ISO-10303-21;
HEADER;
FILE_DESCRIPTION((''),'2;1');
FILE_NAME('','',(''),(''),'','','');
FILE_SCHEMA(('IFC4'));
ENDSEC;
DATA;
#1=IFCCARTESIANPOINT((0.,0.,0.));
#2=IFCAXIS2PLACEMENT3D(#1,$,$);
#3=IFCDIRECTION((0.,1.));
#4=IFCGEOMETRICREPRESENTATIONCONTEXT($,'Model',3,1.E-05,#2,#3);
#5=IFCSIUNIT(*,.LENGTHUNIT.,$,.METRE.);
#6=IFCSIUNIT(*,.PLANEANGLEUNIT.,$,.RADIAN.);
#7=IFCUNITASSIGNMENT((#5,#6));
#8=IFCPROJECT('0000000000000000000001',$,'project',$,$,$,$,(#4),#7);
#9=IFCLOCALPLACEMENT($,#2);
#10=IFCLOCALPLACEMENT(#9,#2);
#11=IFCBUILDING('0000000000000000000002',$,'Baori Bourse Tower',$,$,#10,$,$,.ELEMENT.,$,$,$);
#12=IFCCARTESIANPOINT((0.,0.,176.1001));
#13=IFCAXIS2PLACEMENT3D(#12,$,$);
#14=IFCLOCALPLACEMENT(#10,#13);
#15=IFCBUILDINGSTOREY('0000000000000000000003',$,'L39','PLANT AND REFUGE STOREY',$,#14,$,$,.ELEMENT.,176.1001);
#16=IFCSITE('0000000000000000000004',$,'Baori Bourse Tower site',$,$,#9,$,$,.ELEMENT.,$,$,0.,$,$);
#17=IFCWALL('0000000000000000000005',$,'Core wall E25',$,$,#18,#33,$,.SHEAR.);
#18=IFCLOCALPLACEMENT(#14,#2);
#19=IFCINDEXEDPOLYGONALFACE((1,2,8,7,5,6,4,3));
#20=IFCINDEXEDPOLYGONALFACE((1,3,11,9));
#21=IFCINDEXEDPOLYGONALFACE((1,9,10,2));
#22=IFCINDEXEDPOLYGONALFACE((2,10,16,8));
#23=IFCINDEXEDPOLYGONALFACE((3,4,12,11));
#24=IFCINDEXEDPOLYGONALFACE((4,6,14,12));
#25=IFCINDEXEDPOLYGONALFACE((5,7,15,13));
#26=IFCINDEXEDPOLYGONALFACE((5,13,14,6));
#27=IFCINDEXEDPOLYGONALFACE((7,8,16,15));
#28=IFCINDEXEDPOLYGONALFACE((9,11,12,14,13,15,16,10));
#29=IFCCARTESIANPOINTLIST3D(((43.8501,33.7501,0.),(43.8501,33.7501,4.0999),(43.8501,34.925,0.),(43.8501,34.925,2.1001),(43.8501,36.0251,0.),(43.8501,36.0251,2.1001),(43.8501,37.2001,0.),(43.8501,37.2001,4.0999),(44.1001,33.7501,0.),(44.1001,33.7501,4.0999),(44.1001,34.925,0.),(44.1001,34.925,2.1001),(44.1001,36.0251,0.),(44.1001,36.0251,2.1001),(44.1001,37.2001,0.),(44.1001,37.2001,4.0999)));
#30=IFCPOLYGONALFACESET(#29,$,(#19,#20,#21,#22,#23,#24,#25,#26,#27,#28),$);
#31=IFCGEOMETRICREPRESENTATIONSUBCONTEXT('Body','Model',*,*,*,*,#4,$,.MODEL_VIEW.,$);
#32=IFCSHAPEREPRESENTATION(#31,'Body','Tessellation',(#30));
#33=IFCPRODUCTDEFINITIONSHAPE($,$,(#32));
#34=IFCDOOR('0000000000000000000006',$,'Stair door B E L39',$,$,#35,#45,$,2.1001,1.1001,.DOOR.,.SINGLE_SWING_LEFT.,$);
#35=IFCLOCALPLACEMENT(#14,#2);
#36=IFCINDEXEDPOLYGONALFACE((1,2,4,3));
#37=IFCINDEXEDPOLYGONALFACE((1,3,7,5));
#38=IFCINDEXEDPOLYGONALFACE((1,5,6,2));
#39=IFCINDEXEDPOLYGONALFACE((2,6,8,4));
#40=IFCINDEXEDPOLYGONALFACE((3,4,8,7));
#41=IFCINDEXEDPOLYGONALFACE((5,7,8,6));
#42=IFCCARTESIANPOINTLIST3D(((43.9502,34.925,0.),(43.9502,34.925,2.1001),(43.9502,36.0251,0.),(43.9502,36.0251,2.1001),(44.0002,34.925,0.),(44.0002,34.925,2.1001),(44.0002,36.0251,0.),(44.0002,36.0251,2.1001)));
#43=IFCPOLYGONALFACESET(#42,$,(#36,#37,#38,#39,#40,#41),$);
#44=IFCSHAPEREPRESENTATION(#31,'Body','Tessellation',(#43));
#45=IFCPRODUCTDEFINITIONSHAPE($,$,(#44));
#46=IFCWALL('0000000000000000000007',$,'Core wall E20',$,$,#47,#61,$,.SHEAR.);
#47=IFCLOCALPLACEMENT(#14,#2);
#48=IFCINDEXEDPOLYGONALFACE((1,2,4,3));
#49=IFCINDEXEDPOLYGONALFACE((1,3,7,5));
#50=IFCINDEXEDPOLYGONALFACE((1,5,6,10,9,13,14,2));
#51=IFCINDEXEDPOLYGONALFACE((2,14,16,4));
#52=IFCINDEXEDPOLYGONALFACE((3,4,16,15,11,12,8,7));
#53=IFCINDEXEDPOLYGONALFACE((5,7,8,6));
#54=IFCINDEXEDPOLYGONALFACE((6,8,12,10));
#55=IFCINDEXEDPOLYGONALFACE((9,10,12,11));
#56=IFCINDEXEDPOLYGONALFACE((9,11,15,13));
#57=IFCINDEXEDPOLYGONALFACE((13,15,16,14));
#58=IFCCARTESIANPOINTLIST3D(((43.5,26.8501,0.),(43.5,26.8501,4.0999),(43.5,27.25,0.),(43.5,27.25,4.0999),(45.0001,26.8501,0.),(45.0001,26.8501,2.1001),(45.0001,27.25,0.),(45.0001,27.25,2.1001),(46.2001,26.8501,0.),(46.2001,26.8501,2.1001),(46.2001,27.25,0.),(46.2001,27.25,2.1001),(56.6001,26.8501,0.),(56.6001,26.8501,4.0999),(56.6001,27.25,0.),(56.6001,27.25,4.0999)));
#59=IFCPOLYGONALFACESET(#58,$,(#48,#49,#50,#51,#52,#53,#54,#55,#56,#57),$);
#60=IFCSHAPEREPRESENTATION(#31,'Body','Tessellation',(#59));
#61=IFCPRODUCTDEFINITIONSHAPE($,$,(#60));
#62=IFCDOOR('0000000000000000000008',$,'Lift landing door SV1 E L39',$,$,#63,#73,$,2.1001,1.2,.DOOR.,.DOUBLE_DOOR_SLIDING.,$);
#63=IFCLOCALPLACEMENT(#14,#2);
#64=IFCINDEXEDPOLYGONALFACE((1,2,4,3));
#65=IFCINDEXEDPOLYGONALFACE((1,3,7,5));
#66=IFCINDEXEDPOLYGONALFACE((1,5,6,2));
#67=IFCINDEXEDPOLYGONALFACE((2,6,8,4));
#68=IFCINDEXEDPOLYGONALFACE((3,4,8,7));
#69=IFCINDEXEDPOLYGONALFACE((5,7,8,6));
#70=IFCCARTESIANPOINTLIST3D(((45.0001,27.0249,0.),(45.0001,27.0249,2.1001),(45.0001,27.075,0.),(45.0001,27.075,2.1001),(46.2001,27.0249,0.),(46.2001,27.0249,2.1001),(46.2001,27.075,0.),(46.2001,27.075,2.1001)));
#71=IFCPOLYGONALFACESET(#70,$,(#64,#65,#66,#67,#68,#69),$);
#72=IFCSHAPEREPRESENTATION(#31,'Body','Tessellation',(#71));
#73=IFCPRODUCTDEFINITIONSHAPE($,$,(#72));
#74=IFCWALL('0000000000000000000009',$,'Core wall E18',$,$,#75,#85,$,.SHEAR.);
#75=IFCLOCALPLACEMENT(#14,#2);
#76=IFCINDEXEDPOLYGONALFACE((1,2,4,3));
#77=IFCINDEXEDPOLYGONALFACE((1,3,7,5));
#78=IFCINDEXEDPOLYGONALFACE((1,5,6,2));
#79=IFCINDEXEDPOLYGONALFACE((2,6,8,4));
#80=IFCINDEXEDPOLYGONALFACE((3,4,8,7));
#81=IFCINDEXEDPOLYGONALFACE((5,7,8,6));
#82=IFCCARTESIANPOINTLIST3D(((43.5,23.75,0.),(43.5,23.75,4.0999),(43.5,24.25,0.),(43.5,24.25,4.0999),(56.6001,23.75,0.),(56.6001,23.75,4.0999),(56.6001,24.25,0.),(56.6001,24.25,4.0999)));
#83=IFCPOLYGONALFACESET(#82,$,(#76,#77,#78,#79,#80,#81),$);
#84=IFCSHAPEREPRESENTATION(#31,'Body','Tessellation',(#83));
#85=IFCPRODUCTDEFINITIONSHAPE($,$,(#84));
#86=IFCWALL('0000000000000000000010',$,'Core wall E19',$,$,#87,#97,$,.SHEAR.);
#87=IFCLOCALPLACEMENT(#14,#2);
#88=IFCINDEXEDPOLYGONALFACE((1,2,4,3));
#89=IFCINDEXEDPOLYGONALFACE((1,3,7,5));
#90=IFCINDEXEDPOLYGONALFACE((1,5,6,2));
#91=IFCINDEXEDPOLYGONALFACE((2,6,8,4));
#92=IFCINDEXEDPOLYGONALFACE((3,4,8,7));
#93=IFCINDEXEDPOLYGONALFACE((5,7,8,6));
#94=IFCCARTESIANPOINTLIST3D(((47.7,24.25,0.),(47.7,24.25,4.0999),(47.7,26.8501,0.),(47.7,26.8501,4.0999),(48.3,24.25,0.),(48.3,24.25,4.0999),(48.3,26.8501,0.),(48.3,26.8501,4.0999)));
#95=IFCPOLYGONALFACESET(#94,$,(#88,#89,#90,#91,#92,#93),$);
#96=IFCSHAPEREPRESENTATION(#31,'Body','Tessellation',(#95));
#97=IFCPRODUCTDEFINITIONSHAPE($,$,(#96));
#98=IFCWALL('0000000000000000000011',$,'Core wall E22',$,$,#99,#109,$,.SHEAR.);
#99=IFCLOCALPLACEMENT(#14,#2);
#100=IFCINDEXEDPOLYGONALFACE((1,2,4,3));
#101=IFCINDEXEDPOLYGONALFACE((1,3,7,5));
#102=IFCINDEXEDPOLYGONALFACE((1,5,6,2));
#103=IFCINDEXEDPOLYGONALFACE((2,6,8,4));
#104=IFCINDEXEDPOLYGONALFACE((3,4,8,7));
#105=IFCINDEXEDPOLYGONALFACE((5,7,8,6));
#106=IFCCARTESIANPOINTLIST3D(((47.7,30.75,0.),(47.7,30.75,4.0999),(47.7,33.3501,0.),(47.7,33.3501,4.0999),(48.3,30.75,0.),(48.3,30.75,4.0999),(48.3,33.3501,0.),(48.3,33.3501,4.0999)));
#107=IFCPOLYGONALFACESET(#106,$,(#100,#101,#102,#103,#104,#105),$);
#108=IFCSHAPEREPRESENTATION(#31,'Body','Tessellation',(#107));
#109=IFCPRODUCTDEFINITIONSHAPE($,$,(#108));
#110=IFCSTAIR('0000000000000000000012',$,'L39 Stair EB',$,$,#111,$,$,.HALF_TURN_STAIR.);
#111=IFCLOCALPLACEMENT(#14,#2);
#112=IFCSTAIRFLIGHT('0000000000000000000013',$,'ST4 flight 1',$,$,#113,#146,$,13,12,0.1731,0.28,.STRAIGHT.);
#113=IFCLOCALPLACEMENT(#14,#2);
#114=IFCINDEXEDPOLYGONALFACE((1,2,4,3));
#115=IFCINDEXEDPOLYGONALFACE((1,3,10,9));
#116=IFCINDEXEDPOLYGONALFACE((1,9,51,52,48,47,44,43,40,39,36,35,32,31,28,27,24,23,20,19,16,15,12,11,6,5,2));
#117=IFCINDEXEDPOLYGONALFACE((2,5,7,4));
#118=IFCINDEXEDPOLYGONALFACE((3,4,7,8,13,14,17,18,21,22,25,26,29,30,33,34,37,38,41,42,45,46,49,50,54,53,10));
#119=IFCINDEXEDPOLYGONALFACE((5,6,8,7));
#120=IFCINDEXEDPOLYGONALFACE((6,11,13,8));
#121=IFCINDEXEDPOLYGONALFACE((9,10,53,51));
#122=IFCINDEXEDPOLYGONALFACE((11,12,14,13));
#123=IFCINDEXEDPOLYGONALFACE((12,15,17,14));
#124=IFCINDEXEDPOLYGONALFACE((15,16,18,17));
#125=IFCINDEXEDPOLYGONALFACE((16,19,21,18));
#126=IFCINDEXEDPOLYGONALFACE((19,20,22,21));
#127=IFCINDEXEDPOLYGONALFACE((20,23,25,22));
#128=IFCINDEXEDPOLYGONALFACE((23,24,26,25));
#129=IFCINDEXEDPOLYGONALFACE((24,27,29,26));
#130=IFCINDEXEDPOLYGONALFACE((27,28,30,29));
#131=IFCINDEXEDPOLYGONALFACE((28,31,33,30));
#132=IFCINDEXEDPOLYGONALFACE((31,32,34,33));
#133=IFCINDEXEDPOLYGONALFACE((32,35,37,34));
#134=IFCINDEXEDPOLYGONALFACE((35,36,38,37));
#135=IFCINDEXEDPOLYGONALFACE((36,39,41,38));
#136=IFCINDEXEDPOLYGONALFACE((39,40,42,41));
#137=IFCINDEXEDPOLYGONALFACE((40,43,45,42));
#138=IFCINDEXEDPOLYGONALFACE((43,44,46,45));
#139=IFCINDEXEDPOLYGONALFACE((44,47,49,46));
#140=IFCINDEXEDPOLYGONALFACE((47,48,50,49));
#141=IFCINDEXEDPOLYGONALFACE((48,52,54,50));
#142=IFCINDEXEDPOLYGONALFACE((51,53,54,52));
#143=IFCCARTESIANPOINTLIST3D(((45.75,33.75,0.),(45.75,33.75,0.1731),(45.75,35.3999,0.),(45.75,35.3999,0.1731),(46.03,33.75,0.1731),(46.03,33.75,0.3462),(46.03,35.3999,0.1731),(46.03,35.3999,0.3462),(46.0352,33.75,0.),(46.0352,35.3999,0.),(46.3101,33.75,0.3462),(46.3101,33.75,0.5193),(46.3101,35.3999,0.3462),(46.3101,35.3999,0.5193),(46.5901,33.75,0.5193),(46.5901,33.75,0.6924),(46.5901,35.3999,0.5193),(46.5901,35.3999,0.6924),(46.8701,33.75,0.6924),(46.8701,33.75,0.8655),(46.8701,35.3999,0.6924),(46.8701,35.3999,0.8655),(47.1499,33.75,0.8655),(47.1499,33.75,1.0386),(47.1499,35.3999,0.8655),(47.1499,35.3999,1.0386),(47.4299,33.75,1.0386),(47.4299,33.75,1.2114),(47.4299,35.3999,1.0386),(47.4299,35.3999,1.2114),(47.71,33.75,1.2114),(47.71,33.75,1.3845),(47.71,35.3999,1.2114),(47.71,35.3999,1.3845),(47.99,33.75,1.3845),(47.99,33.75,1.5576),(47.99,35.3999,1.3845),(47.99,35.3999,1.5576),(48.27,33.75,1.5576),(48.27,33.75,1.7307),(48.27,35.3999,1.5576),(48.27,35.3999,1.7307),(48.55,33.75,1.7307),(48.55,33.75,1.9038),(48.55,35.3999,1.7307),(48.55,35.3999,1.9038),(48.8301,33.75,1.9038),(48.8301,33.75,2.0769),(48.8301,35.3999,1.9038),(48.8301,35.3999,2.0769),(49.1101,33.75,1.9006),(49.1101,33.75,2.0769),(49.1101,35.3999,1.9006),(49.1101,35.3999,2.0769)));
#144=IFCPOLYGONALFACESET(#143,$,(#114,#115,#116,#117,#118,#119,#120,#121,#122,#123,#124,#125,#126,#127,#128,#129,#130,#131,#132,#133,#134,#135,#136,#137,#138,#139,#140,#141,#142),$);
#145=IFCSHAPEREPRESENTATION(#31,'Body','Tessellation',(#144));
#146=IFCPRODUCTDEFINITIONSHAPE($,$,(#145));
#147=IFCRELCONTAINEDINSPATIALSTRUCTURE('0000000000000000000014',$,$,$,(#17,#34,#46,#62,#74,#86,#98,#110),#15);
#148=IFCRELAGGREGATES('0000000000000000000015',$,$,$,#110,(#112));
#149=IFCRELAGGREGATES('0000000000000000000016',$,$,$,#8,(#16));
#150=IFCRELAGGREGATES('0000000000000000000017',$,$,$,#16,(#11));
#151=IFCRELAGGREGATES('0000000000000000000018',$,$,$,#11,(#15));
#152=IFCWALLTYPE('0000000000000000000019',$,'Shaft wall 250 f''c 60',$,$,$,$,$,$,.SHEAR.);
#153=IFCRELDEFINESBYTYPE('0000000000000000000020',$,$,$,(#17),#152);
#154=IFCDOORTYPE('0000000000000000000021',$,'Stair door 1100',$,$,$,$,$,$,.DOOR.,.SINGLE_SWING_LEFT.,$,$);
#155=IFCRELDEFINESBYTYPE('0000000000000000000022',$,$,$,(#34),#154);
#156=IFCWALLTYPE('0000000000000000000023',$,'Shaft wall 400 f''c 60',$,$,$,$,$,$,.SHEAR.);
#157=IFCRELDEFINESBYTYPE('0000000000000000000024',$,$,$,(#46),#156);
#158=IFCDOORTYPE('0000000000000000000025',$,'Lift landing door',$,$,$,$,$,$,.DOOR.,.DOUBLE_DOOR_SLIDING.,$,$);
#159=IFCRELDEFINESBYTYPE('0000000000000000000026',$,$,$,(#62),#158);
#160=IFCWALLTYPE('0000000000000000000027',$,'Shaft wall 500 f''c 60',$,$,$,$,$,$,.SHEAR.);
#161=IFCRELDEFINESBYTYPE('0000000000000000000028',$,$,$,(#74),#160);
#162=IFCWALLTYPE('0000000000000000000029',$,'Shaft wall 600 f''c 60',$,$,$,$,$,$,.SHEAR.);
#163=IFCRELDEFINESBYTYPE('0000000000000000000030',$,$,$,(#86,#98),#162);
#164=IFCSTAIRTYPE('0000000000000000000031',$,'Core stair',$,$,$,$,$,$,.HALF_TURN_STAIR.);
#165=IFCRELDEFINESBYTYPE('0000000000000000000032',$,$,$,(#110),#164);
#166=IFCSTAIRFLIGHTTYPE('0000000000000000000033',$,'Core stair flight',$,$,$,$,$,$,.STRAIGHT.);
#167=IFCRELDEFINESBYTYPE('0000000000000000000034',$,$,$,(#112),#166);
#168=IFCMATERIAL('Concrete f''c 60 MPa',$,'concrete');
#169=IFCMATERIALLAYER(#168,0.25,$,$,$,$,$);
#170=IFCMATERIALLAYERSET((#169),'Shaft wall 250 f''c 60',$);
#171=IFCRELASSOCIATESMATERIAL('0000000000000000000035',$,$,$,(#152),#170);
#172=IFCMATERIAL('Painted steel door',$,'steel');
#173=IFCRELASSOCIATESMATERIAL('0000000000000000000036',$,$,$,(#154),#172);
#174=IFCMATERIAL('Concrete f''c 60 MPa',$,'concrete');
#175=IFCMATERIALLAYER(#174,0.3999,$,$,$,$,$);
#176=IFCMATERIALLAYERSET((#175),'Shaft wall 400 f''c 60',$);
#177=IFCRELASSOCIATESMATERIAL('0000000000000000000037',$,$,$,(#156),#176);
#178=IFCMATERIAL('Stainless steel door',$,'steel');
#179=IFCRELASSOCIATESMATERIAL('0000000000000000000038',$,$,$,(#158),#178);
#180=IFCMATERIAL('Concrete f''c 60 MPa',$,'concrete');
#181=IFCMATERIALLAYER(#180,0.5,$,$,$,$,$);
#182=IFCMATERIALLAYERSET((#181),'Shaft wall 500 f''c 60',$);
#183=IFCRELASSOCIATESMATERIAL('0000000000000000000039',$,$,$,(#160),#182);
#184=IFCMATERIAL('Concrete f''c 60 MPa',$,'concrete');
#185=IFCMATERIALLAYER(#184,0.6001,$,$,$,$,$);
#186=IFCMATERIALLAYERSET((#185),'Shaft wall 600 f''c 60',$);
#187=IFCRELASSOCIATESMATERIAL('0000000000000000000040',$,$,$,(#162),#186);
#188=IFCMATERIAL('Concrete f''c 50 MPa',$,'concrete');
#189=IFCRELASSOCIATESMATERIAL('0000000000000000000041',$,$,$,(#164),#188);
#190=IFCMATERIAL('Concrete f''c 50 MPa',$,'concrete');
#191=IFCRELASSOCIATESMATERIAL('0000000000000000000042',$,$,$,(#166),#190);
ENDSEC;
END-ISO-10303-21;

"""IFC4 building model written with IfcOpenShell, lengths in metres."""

from ifc_helpers import new_model, si_unit, direction, frame, frame_2d, origin, place, context, subcontext, project, spatial, polyline, rectangle, outline, extrude, material, layer, layer_set, type_object, element, fill, aggregate, save


model = new_model("IFC4")

# Units and contexts
model_context = context("Model", 3, precision=1e-05, world=origin(), true_north=direction((0.0, 1.0)))
body_context = subcontext(model_context, "Body", "Model", "MODEL_VIEW")
ifc_project = project(units=[si_unit("LENGTHUNIT", "METRE"), si_unit("PLANEANGLEUNIT", "RADIAN")], contexts=[model_context])

# Site, building, storey
site_placement = place(None, origin())
site = spatial("IfcSite", under=ifc_project, at=site_placement, Name="Baori Bourse Tower site", CompositionType="ELEMENT", RefElevation=0.0)
building_placement = place(site_placement, origin())
building = spatial("IfcBuilding", under=site, at=building_placement, Name="Baori Bourse Tower", CompositionType="ELEMENT")
storey_placement = place(building_placement, frame((0.0, 0.0, 176.1001)))
storey = spatial("IfcBuildingStorey", under=building, at=storey_placement, Name="L39", Description="PLANT AND REFUGE STOREY", CompositionType="ELEMENT", Elevation=176.1001)

# Walls, openings, doors
ifc_material_1 = material(Name="Concrete f'c 60 MPa", Category="concrete")
ifc_layer_1 = layer(ifc_material_1, 0.25)
ifc_layer_set_1 = layer_set([ifc_layer_1], Name="Shaft wall 250 f'c 60")
wall_type_1 = type_object("IfcWallType", Name="Shaft wall 250 f'c 60", PredefinedType="SHEAR", material=ifc_layer_set_1)
wall_1_placement = place(storey_placement, frame((43.9751, 33.75, 0.0), z_axis=(0.0, 0.0, 1.0), x_axis=(0.0, 1.0, 0.0)))
wall_1 = element("IfcWall", 1, at=wall_1_placement, inside=storey, type_object=wall_type_1, Name="Core wall E25", PredefinedType="SHEAR", context=body_context, shape_type="SweptSolid", body=[
    extrude(rectangle(XDim=3.45, YDim=0.25, at=frame_2d((1.7251, 0.0))), origin(), (0.0, 0.0, 1.0), 4.0999),
])
opening_1_placement = place(wall_1_placement, frame((1.175, 0.0, 0.0)))
opening_1 = element("IfcOpeningElement", 2, at=opening_1_placement, cuts=wall_1, PredefinedType="OPENING", context=body_context, shape_type="SweptSolid", body=[
    extrude(rectangle(XDim=1.1001, YDim=2.1001, at=frame_2d((0.55, 1.05))), frame((0.0, 0.135, 0.0), z_axis=(0.0, -1.0, 0.0), x_axis=(1.0, 0.0, 0.0)), (0.0, 0.0, 1.0), 0.27),
])
ifc_material_2 = material(Name="Painted steel door", Category="steel")
door_type_1 = type_object("IfcDoorType", Name="Stair door 1100", OperationType="SINGLE_SWING_LEFT", PredefinedType="DOOR", material=ifc_material_2)
door_1_placement = place(opening_1_placement, origin())
door_1 = element("IfcDoor", 3, at=door_1_placement, inside=storey, type_object=door_type_1, Name="Stair door B E L39", OperationType="SINGLE_SWING_LEFT", OverallHeight=2.1001, OverallWidth=1.1001, PredefinedType="DOOR", context=body_context, shape_type="SweptSolid", body=[
    extrude(rectangle(XDim=1.1001, YDim=2.1001, at=frame_2d((0.55, 1.05))), frame((0.0, 0.0249, 0.0), z_axis=(0.0, -1.0, 0.0), x_axis=(1.0, 0.0, 0.0)), (0.0, 0.0, 1.0), 0.05),
])
fill(opening_1, door_1)
ifc_material_3 = material(Name="Concrete f'c 60 MPa", Category="concrete")
ifc_layer_2 = layer(ifc_material_3, 0.3999)
ifc_layer_set_2 = layer_set([ifc_layer_2], Name="Shaft wall 400 f'c 60")
wall_type_2 = type_object("IfcWallType", Name="Shaft wall 400 f'c 60", PredefinedType="SHEAR", material=ifc_layer_set_2)
wall_2_placement = place(storey_placement, frame((43.5, 27.05, 0.0), z_axis=(0.0, 0.0, 1.0), x_axis=(1.0, 0.0, 0.0)))
wall_2 = element("IfcWall", 4, at=wall_2_placement, inside=storey, type_object=wall_type_2, Name="Core wall E20", PredefinedType="SHEAR", context=body_context, shape_type="SweptSolid", body=[
    extrude(rectangle(XDim=13.1001, YDim=0.3999, at=frame_2d((6.55, 0.0))), origin(), (0.0, 0.0, 1.0), 4.0999),
])
opening_2_placement = place(wall_2_placement, frame((1.5, 0.0, 0.0)))
opening_2 = element("IfcOpeningElement", 5, at=opening_2_placement, cuts=wall_2, PredefinedType="OPENING", context=body_context, shape_type="SweptSolid", body=[
    extrude(rectangle(XDim=1.2, YDim=2.1001, at=frame_2d((0.6001, 1.05))), frame((0.0, 0.21, 0.0), z_axis=(0.0, -1.0, 0.0), x_axis=(1.0, 0.0, 0.0)), (0.0, 0.0, 1.0), 0.4199),
])
ifc_material_4 = material(Name="Stainless steel door", Category="steel")
door_type_2 = type_object("IfcDoorType", Name="Lift landing door", OperationType="DOUBLE_DOOR_SLIDING", PredefinedType="DOOR", material=ifc_material_4)
door_2_placement = place(opening_2_placement, origin())
door_2 = element("IfcDoor", 6, at=door_2_placement, inside=storey, type_object=door_type_2, Name="Lift landing door SV1 E L39", OperationType="DOUBLE_DOOR_SLIDING", OverallHeight=2.1001, OverallWidth=1.2, PredefinedType="DOOR", context=body_context, shape_type="SweptSolid", body=[
    extrude(rectangle(XDim=1.2, YDim=2.1001, at=frame_2d((0.6001, 1.05))), frame((0.0, 0.0249, 0.0), z_axis=(0.0, -1.0, 0.0), x_axis=(1.0, 0.0, 0.0)), (0.0, 0.0, 1.0), 0.05),
])
fill(opening_2, door_2)

# Walls
ifc_material_5 = material(Name="Concrete f'c 60 MPa", Category="concrete")
ifc_layer_3 = layer(ifc_material_5, 0.5)
ifc_layer_set_3 = layer_set([ifc_layer_3], Name="Shaft wall 500 f'c 60")
wall_type_3 = type_object("IfcWallType", Name="Shaft wall 500 f'c 60", PredefinedType="SHEAR", material=ifc_layer_set_3)
wall_3_placement = place(storey_placement, frame((43.5, 24.0, 0.0), z_axis=(0.0, 0.0, 1.0), x_axis=(1.0, 0.0, 0.0)))
element("IfcWall", 7, at=wall_3_placement, inside=storey, type_object=wall_type_3, Name="Core wall E18", PredefinedType="SHEAR", context=body_context, shape_type="SweptSolid", body=[
    extrude(rectangle(XDim=13.1001, YDim=0.5, at=frame_2d((6.55, 0.0))), origin(), (0.0, 0.0, 1.0), 4.0999),
])
ifc_material_6 = material(Name="Concrete f'c 60 MPa", Category="concrete")
ifc_layer_4 = layer(ifc_material_6, 0.6001)
ifc_layer_set_4 = layer_set([ifc_layer_4], Name="Shaft wall 600 f'c 60")
wall_type_4 = type_object("IfcWallType", Name="Shaft wall 600 f'c 60", PredefinedType="SHEAR", material=ifc_layer_set_4)
for number, where, z_axis, x_axis, name in (
    (8, (48.0, 24.25, 0.0), (0.0, 0.0, 1.0), (0.0, 1.0, 0.0), "Core wall E19"),
    (9, (48.0, 30.75, 0.0), (0.0, 0.0, 1.0), (0.0, 1.0, 0.0), "Core wall E22"),
):
    element("IfcWall", number, at=place(storey_placement, frame(where, z_axis=z_axis, x_axis=x_axis)), inside=storey, type_object=wall_type_4, Name=name, PredefinedType="SHEAR", context=body_context, shape_type="SweptSolid", body=[
        extrude(rectangle(XDim=2.6001, YDim=0.6001, at=frame_2d((1.3, 0.0))), origin(), (0.0, 0.0, 1.0), 4.0999),
    ])

# Stair, stair flight
ifc_material_7 = material(Name="Concrete f'c 50 MPa", Category="concrete")
stair_type = type_object("IfcStairType", Name="Core stair", PredefinedType="HALF_TURN_STAIR", material=ifc_material_7)
stair_placement = place(storey_placement, origin())
stair = element("IfcStair", 10, at=stair_placement, inside=storey, type_object=stair_type, Name="L39 Stair EB", PredefinedType="HALF_TURN_STAIR")
ifc_material_8 = material(Name="Concrete f'c 50 MPa", Category="concrete")
stair_flight_type = type_object("IfcStairFlightType", Name="Core stair flight", PredefinedType="STRAIGHT", material=ifc_material_8)
stair_flight_1_placement = place(storey_placement, frame((45.75, 34.575, 0.0), z_axis=(0.0, 0.0, 1.0), x_axis=(1.0, 0.0, 0.0)))
stair_flight_1 = element("IfcStairFlight", 11, at=stair_flight_1_placement, type_object=stair_flight_type, Name="ST4 flight 1", NumberOfRisers=13, NumberOfTreads=12, PredefinedType="STRAIGHT", RiserHeight=0.1731, TreadLength=0.28, context=body_context, shape_type="SweptSolid", body=[
    extrude(outline(polyline([(0.0, 0.0), (0.0, 0.1731), (0.28, 0.1731), (0.28, 0.3462), (0.5601, 0.3462), (0.5601, 0.5193), (0.8401, 0.5193), (0.8401, 0.6924), (1.1201, 0.6924), (1.1201, 0.8655), (1.3999, 0.8655), (1.3999, 1.0386), (1.6799, 1.0386), (1.6799, 1.2114), (1.96, 1.2114), (1.96, 1.3845), (2.24, 1.3845), (2.24, 1.5576), (2.52, 1.5576), (2.52, 1.7307), (2.8, 1.7307), (2.8, 1.9038), (3.0801, 1.9038), (3.0801, 2.0769), (3.3601, 2.0769), (3.3601, 2.25), (3.3601, 1.9006), (0.2852, 0.0), (0.0, 0.0)])), frame((0.0, 0.825, 0.0), z_axis=(0.0, -1.0, 0.0), x_axis=(1.0, 0.0, 0.0)), (0.0, 0.0, 1.0), 1.6499),
])
aggregate(stair, [stair_flight_1])

save(model, "model.ifc")
